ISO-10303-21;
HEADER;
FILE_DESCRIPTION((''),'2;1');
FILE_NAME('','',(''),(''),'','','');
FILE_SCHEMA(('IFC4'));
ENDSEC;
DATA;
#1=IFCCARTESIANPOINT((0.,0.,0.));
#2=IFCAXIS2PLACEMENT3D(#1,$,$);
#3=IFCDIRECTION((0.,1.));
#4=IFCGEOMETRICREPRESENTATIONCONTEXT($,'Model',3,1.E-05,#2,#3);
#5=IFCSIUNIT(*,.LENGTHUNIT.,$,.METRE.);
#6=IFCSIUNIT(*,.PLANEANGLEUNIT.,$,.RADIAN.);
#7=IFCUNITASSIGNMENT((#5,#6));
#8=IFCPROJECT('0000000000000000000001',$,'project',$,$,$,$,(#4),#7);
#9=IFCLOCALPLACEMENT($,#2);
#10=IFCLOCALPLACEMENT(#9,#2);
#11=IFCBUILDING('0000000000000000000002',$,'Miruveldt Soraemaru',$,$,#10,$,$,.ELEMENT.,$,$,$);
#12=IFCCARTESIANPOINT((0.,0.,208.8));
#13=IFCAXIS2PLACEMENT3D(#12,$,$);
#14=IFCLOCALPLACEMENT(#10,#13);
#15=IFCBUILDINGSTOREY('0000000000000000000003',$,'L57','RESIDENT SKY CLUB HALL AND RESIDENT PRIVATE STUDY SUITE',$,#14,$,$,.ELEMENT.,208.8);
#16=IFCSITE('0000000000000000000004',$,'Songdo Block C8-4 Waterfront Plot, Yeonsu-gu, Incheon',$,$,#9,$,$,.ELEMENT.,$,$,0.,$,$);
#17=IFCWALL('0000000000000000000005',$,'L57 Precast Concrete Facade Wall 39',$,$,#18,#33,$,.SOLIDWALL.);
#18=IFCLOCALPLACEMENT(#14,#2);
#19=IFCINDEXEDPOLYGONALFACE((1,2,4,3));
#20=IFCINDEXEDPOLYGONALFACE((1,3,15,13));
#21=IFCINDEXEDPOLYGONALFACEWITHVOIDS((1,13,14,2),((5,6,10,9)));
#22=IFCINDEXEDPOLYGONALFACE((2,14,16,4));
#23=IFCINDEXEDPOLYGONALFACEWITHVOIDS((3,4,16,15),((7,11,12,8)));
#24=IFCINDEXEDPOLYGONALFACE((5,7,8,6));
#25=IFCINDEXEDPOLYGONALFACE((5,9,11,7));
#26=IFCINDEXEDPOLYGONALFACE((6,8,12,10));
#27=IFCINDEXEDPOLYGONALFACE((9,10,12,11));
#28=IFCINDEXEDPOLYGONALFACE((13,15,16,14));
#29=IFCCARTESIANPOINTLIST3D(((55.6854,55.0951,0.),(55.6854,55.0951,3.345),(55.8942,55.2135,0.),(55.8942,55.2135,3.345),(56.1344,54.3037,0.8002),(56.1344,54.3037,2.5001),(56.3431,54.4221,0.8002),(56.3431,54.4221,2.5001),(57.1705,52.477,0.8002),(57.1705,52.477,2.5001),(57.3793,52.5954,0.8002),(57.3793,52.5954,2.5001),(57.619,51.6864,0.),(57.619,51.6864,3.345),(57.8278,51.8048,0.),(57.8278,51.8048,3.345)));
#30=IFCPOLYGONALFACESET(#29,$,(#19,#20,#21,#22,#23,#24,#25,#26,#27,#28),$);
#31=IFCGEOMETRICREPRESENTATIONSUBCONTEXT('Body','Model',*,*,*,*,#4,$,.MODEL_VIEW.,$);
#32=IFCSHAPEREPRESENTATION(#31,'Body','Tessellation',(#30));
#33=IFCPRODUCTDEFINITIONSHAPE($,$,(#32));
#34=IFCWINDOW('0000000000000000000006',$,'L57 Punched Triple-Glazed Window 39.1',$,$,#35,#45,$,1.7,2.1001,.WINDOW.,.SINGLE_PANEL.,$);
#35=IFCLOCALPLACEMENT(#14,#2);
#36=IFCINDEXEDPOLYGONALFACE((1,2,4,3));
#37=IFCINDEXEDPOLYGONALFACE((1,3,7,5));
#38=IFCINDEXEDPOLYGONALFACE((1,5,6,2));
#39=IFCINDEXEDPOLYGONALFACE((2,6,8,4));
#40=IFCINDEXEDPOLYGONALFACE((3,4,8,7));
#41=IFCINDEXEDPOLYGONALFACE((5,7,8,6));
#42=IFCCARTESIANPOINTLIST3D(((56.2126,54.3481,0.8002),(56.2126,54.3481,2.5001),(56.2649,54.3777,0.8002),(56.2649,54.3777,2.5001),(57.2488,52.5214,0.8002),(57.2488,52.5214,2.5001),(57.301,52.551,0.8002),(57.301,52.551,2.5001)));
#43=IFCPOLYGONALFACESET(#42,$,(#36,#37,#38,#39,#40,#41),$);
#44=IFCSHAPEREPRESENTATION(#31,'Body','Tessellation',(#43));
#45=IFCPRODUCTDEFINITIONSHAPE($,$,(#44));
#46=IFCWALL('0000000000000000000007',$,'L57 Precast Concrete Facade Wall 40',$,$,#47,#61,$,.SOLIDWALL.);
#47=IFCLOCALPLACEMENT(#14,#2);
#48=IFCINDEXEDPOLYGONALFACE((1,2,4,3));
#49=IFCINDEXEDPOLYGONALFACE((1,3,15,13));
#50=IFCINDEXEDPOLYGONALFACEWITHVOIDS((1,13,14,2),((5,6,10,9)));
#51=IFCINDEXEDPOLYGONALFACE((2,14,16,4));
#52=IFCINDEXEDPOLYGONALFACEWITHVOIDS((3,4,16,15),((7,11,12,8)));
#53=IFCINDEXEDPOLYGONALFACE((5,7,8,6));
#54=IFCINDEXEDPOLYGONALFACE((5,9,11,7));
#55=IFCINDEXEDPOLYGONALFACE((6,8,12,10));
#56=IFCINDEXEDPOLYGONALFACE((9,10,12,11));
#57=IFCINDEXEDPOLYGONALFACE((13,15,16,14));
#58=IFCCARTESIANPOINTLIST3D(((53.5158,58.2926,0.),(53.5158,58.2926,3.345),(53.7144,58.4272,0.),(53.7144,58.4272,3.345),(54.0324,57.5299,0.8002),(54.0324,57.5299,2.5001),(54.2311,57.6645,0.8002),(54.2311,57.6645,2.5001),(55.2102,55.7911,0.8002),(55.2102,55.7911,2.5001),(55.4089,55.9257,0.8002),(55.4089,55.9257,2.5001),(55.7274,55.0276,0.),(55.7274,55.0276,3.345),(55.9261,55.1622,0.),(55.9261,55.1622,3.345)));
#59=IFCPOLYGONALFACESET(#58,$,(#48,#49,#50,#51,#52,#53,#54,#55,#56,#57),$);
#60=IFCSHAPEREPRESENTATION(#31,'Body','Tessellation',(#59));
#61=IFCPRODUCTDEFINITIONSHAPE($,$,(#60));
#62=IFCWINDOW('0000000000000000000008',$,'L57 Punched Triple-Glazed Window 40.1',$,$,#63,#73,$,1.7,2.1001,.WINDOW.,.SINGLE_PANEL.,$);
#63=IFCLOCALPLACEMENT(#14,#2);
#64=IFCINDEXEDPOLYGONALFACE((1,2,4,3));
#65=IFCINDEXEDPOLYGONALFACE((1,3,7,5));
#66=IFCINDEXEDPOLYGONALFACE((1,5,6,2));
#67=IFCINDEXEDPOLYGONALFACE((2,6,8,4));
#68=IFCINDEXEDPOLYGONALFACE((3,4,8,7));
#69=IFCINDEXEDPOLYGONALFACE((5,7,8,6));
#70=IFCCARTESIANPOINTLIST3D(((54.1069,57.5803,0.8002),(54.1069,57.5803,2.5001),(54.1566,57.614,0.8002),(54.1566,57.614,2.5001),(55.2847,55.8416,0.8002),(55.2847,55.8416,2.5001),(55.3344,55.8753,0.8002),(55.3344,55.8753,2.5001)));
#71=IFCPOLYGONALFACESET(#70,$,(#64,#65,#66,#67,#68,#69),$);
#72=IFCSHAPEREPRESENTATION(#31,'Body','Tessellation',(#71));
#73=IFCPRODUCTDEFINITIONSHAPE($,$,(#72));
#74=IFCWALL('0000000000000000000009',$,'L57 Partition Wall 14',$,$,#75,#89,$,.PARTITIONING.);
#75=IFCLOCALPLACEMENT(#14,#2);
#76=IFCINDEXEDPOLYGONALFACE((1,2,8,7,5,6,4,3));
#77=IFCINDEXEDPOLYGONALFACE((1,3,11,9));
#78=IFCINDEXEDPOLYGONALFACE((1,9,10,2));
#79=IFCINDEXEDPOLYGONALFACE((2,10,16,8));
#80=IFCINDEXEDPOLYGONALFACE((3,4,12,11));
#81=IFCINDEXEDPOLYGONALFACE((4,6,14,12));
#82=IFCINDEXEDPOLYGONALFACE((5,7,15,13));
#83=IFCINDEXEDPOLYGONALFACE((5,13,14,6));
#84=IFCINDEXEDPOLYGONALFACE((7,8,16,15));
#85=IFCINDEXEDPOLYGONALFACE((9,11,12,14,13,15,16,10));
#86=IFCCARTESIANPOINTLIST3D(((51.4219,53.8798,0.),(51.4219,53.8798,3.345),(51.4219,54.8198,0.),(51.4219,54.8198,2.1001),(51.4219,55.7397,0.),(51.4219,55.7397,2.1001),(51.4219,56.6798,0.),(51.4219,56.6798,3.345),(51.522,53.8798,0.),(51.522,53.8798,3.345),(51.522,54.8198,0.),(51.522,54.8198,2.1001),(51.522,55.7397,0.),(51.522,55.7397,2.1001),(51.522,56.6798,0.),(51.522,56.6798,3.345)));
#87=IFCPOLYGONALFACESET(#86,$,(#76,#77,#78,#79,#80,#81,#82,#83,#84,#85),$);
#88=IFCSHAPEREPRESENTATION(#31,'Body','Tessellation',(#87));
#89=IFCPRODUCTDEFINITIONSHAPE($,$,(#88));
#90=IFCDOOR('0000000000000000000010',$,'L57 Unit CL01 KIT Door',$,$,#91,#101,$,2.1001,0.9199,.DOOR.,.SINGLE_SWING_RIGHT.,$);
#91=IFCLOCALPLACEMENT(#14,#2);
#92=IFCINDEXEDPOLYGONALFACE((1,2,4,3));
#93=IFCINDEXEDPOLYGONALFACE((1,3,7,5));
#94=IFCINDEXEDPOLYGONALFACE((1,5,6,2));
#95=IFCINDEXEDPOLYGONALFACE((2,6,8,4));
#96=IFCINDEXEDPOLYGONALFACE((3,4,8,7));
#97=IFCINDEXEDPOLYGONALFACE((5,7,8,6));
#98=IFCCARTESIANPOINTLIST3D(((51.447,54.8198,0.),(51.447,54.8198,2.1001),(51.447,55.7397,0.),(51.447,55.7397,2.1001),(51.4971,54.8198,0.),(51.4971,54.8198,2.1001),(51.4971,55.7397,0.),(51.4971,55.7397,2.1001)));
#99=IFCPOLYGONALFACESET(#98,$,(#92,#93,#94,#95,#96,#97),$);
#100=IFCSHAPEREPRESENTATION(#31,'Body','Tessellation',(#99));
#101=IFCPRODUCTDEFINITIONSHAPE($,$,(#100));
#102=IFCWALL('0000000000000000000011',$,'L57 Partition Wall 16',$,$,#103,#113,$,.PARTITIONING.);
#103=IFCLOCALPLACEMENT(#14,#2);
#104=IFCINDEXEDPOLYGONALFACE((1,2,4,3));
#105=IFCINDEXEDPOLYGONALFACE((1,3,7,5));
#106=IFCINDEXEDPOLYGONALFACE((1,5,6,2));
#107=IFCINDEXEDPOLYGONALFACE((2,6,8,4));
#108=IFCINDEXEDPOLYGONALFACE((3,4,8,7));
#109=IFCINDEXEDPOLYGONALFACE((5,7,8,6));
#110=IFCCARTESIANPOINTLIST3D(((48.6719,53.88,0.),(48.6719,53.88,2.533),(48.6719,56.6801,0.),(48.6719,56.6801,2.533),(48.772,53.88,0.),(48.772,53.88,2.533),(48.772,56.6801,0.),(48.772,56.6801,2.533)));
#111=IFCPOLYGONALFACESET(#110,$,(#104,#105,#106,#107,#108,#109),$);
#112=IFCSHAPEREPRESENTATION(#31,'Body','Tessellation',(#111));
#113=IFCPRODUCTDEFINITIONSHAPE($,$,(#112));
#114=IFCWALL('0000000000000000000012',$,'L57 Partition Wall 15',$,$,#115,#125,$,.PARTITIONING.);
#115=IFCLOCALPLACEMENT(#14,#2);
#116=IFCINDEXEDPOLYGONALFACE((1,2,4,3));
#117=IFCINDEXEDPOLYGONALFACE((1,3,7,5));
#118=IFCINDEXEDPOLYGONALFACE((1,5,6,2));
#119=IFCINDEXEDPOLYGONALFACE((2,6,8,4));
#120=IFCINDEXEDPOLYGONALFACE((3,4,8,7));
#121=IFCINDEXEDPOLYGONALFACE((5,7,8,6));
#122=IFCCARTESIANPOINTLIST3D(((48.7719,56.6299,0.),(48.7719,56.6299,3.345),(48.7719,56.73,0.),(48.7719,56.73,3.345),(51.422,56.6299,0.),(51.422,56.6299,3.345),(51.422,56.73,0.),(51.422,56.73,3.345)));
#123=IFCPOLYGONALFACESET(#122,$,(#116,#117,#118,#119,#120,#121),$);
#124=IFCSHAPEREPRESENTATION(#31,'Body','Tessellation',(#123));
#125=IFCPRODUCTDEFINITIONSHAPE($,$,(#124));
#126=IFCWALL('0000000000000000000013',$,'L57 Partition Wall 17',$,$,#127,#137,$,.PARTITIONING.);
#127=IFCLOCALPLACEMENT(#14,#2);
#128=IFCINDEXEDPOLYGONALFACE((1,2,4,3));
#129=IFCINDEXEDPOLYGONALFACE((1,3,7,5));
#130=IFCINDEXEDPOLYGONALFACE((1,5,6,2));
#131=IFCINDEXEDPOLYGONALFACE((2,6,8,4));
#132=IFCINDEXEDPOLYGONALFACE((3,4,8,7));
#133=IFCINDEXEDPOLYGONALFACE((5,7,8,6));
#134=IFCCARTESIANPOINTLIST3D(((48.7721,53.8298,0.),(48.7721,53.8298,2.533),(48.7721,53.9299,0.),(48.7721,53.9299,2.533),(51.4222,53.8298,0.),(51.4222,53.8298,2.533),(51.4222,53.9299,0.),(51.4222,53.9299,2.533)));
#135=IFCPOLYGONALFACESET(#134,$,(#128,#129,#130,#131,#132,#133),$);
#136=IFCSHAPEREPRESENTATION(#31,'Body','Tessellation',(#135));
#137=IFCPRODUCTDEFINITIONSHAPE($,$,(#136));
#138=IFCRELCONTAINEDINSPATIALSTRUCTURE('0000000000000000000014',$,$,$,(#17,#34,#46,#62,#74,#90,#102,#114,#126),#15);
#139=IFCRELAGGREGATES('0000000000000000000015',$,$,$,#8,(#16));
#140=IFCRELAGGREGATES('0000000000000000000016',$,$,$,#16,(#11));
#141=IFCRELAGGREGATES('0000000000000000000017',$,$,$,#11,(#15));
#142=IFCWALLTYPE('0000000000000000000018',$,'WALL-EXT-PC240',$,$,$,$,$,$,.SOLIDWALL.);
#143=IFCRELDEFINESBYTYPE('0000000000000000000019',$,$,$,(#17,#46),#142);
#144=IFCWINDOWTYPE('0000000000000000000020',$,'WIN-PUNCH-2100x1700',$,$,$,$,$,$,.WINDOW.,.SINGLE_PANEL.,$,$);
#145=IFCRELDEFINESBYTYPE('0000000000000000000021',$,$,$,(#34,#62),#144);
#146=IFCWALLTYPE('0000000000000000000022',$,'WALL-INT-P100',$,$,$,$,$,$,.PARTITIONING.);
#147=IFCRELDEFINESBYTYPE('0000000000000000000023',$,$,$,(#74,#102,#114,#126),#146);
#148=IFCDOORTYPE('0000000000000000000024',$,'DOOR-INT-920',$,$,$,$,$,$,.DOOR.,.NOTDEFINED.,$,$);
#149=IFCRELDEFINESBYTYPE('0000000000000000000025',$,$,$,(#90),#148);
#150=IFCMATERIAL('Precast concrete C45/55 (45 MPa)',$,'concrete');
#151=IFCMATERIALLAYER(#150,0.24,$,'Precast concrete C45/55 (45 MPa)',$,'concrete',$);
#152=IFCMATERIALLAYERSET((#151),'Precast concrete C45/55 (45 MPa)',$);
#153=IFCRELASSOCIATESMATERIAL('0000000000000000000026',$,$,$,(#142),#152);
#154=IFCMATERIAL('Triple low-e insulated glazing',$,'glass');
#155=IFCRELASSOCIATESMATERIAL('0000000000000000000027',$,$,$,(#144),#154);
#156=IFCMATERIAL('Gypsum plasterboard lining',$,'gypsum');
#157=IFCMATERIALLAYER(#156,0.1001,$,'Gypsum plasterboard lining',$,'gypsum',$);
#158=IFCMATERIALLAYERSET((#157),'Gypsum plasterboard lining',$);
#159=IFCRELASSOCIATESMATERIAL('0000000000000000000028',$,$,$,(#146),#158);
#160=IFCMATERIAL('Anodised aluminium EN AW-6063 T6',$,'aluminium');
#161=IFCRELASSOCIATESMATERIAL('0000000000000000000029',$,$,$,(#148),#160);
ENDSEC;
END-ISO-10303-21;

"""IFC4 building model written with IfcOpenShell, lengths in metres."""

from ifc_helpers import new_model, si_unit, direction, frame, frame_2d, origin, place, context, subcontext, project, spatial, rectangle, extrude, material, layer, layer_set, type_object, element, fill, save


model = new_model("IFC4")

# Units and contexts
model_context = context("Model", 3, precision=1e-05, world=origin(), true_north=direction((0.0, 1.0)))
body_context = subcontext(model_context, "Body", "Model", "MODEL_VIEW")
ifc_project = project(units=[si_unit("LENGTHUNIT", "METRE"), si_unit("PLANEANGLEUNIT", "RADIAN")], contexts=[model_context])

# Site, building, storey
site_placement = place(None, origin())
site = spatial("IfcSite", under=ifc_project, at=site_placement, Name="Songdo Block C8-4 Waterfront Plot, Yeonsu-gu, Incheon", CompositionType="ELEMENT", RefElevation=0.0)
building_placement = place(site_placement, origin())
building = spatial("IfcBuilding", under=site, at=building_placement, Name="Miruveldt Soraemaru", CompositionType="ELEMENT")
storey_placement = place(building_placement, frame((0.0, 0.0, 208.8)))
storey = spatial("IfcBuildingStorey", under=building, at=storey_placement, Name="L57", Description="RESIDENT SKY CLUB HALL AND RESIDENT PRIVATE STUDY SUITE", CompositionType="ELEMENT", Elevation=208.8)

# Walls, openings, windows
ifc_material_1 = material(Name="Precast concrete C45/55 (45 MPa)", Category="concrete")
ifc_layer_1 = layer(ifc_material_1, 0.24, Name="Precast concrete C45/55 (45 MPa)", Category="concrete")
ifc_layer_set_1 = layer_set([ifc_layer_1], Name="Precast concrete C45/55 (45 MPa)")
wall_type_1 = type_object("IfcWallType", Name="WALL-EXT-PC240", PredefinedType="SOLIDWALL", material=ifc_layer_set_1)
wall_1_placement = place(storey_placement, frame((57.7234, 51.7456, 0.0), z_axis=(0.0, 0.0, 1.0), x_axis=(-0.493399, 0.869803, 0.0)))
wall_1 = element("IfcWall", 1, at=wall_1_placement, inside=storey, type_object=wall_type_1, Name="L57 Precast Concrete Facade Wall 39", PredefinedType="SOLIDWALL", context=body_context, shape_type="SweptSolid", body=[
    extrude(rectangle(XDim=3.9189, YDim=0.24, at=frame_2d((1.9595, 0.0))), origin(), (0.0, 0.0, 1.0), 3.345),
])
opening_1_placement = place(wall_1_placement, frame((0.9089, 0.0, 0.8)))
opening_1 = element("IfcOpeningElement", 2, at=opening_1_placement, cuts=wall_1, PredefinedType="OPENING", context=body_context, shape_type="SweptSolid", body=[
    extrude(rectangle(XDim=2.1001, YDim=1.7, at=frame_2d((1.05, 0.8501))), frame((0.0, 0.1299, 0.0), z_axis=(0.0, -1.0, 0.0), x_axis=(1.0, 0.0, 0.0)), (0.0, 0.0, 1.0), 0.26),
])
ifc_material_2 = material(Name="Triple low-e insulated glazing", Category="glass")
window_type = type_object("IfcWindowType", Name="WIN-PUNCH-2100x1700", PartitioningType="SINGLE_PANEL", PredefinedType="WINDOW", material=ifc_material_2)
window_1_placement = place(opening_1_placement, origin())
window_1 = element("IfcWindow", 3, at=window_1_placement, inside=storey, type_object=window_type, Name="L57 Punched Triple-Glazed Window 39.1", OverallHeight=1.7, OverallWidth=2.1001, PartitioningType="SINGLE_PANEL", PredefinedType="WINDOW", context=body_context, shape_type="SweptSolid", body=[
    extrude(rectangle(XDim=2.1001, YDim=1.7, at=frame_2d((1.05, 0.8501))), frame((0.0, 0.03, 0.0), z_axis=(0.0, -1.0, 0.0), x_axis=(1.0, 0.0, 0.0)), (0.0, 0.0, 1.0), 0.0601),
])
fill(opening_1, window_1)
wall_2_placement = place(storey_placement, frame((55.8267, 55.095, 0.0), z_axis=(0.0, 0.0, 1.0), x_axis=(-0.560814, 0.827942, 0.0)))
wall_2 = element("IfcWall", 4, at=wall_2_placement, inside=storey, type_object=wall_type_1, Name="L57 Precast Concrete Facade Wall 40", PredefinedType="SOLIDWALL", context=body_context, shape_type="SweptSolid", body=[
    extrude(rectangle(XDim=3.9436, YDim=0.24, at=frame_2d((1.9717, 0.0))), origin(), (0.0, 0.0, 1.0), 3.345),
])
opening_2_placement = place(wall_2_placement, frame((0.9221, 0.0, 0.8)))
opening_2 = element("IfcOpeningElement", 5, at=opening_2_placement, cuts=wall_2, PredefinedType="OPENING", context=body_context, shape_type="SweptSolid", body=[
    extrude(rectangle(XDim=2.1001, YDim=1.7, at=frame_2d((1.05, 0.8501))), frame((0.0, 0.1299, 0.0), z_axis=(0.0, -1.0, 0.0), x_axis=(1.0, 0.0, 0.0)), (0.0, 0.0, 1.0), 0.26),
])
window_2_placement = place(opening_2_placement, origin())
window_2 = element("IfcWindow", 6, at=window_2_placement, inside=storey, type_object=window_type, Name="L57 Punched Triple-Glazed Window 40.1", OverallHeight=1.7, OverallWidth=2.1001, PartitioningType="SINGLE_PANEL", PredefinedType="WINDOW", context=body_context, shape_type="SweptSolid", body=[
    extrude(rectangle(XDim=2.1001, YDim=1.7, at=frame_2d((1.05, 0.8501))), frame((0.0, 0.03, 0.0), z_axis=(0.0, -1.0, 0.0), x_axis=(1.0, 0.0, 0.0)), (0.0, 0.0, 1.0), 0.0601),
])
fill(opening_2, window_2)

# Wall, opening, door
ifc_material_3 = material(Name="Gypsum plasterboard lining", Category="gypsum")
ifc_layer_2 = layer(ifc_material_3, 0.1001, Name="Gypsum plasterboard lining", Category="gypsum")
ifc_layer_set_2 = layer_set([ifc_layer_2], Name="Gypsum plasterboard lining")
wall_type_2 = type_object("IfcWallType", Name="WALL-INT-P100", PredefinedType="PARTITIONING", material=ifc_layer_set_2)
wall_3_placement = place(storey_placement, frame((51.4719, 53.8799, 0.0), z_axis=(0.0, 0.0, 1.0), x_axis=(0.0, 1.0, 0.0)))
wall_3 = element("IfcWall", 7, at=wall_3_placement, inside=storey, type_object=wall_type_2, Name="L57 Partition Wall 14", PredefinedType="PARTITIONING", context=body_context, shape_type="SweptSolid", body=[
    extrude(rectangle(XDim=2.8, YDim=0.1001, at=frame_2d((1.3999, 0.0))), origin(), (0.0, 0.0, 1.0), 3.345),
])
opening_3_placement = place(wall_3_placement, frame((0.9399, 0.0, 0.0)))
opening_3 = element("IfcOpeningElement", 8, at=opening_3_placement, cuts=wall_3, PredefinedType="OPENING", context=body_context, shape_type="SweptSolid", body=[
    extrude(rectangle(XDim=0.9199, YDim=2.1001, at=frame_2d((0.46, 1.05))), frame((0.0, 0.0601, 0.0), z_axis=(0.0, -1.0, 0.0), x_axis=(1.0, 0.0, 0.0)), (0.0, 0.0, 1.0), 0.1201),
])
ifc_material_4 = material(Name="Anodised aluminium EN AW-6063 T6", Category="aluminium")
door_type = type_object("IfcDoorType", Name="DOOR-INT-920", OperationType="NOTDEFINED", PredefinedType="DOOR", material=ifc_material_4)
door_placement = place(opening_3_placement, origin())
door = element("IfcDoor", 9, at=door_placement, inside=storey, type_object=door_type, Name="L57 Unit CL01 KIT Door", OperationType="SINGLE_SWING_RIGHT", OverallHeight=2.1001, OverallWidth=0.9199, PredefinedType="DOOR", context=body_context, shape_type="SweptSolid", body=[
    extrude(rectangle(XDim=0.9199, YDim=2.1001, at=frame_2d((0.46, 1.05))), frame((0.0, 0.0249, 0.0), z_axis=(0.0, -1.0, 0.0), x_axis=(1.0, 0.0, 0.0)), (0.0, 0.0, 1.0), 0.05),
])
fill(opening_3, door)

# Walls
wall_4_placement = place(storey_placement, frame((48.7219, 56.6799, 0.0), z_axis=(0.0, 0.0, 1.0), x_axis=(0.0, -1.0, 0.0)))
element("IfcWall", 10, at=wall_4_placement, inside=storey, type_object=wall_type_2, Name="L57 Partition Wall 16", PredefinedType="PARTITIONING", context=body_context, shape_type="SweptSolid", body=[
    extrude(rectangle(XDim=2.8, YDim=0.1001, at=frame_2d((1.3999, 0.0))), origin(), (0.0, 0.0, 1.0), 2.533),
])
wall_5_placement = place(storey_placement, frame((51.4221, 56.6799, 0.0), z_axis=(0.0, 0.0, 1.0), x_axis=(-1.0, 0.0, 0.0)))
element("IfcWall", 11, at=wall_5_placement, inside=storey, type_object=wall_type_2, Name="L57 Partition Wall 15", PredefinedType="PARTITIONING", context=body_context, shape_type="SweptSolid", body=[
    extrude(rectangle(XDim=2.6501, YDim=0.1001, at=frame_2d((1.3252, 0.0))), origin(), (0.0, 0.0, 1.0), 3.345),
])
wall_6_placement = place(storey_placement, frame((48.772, 53.8799, 0.0), z_axis=(0.0, 0.0, 1.0), x_axis=(1.0, 0.0, 0.0)))
element("IfcWall", 12, at=wall_6_placement, inside=storey, type_object=wall_type_2, Name="L57 Partition Wall 17", PredefinedType="PARTITIONING", context=body_context, shape_type="SweptSolid", body=[
    extrude(rectangle(XDim=2.6501, YDim=0.1001, at=frame_2d((1.3252, 0.0))), origin(), (0.0, 0.0, 1.0), 2.533),
])

save(model, "model.ifc")
